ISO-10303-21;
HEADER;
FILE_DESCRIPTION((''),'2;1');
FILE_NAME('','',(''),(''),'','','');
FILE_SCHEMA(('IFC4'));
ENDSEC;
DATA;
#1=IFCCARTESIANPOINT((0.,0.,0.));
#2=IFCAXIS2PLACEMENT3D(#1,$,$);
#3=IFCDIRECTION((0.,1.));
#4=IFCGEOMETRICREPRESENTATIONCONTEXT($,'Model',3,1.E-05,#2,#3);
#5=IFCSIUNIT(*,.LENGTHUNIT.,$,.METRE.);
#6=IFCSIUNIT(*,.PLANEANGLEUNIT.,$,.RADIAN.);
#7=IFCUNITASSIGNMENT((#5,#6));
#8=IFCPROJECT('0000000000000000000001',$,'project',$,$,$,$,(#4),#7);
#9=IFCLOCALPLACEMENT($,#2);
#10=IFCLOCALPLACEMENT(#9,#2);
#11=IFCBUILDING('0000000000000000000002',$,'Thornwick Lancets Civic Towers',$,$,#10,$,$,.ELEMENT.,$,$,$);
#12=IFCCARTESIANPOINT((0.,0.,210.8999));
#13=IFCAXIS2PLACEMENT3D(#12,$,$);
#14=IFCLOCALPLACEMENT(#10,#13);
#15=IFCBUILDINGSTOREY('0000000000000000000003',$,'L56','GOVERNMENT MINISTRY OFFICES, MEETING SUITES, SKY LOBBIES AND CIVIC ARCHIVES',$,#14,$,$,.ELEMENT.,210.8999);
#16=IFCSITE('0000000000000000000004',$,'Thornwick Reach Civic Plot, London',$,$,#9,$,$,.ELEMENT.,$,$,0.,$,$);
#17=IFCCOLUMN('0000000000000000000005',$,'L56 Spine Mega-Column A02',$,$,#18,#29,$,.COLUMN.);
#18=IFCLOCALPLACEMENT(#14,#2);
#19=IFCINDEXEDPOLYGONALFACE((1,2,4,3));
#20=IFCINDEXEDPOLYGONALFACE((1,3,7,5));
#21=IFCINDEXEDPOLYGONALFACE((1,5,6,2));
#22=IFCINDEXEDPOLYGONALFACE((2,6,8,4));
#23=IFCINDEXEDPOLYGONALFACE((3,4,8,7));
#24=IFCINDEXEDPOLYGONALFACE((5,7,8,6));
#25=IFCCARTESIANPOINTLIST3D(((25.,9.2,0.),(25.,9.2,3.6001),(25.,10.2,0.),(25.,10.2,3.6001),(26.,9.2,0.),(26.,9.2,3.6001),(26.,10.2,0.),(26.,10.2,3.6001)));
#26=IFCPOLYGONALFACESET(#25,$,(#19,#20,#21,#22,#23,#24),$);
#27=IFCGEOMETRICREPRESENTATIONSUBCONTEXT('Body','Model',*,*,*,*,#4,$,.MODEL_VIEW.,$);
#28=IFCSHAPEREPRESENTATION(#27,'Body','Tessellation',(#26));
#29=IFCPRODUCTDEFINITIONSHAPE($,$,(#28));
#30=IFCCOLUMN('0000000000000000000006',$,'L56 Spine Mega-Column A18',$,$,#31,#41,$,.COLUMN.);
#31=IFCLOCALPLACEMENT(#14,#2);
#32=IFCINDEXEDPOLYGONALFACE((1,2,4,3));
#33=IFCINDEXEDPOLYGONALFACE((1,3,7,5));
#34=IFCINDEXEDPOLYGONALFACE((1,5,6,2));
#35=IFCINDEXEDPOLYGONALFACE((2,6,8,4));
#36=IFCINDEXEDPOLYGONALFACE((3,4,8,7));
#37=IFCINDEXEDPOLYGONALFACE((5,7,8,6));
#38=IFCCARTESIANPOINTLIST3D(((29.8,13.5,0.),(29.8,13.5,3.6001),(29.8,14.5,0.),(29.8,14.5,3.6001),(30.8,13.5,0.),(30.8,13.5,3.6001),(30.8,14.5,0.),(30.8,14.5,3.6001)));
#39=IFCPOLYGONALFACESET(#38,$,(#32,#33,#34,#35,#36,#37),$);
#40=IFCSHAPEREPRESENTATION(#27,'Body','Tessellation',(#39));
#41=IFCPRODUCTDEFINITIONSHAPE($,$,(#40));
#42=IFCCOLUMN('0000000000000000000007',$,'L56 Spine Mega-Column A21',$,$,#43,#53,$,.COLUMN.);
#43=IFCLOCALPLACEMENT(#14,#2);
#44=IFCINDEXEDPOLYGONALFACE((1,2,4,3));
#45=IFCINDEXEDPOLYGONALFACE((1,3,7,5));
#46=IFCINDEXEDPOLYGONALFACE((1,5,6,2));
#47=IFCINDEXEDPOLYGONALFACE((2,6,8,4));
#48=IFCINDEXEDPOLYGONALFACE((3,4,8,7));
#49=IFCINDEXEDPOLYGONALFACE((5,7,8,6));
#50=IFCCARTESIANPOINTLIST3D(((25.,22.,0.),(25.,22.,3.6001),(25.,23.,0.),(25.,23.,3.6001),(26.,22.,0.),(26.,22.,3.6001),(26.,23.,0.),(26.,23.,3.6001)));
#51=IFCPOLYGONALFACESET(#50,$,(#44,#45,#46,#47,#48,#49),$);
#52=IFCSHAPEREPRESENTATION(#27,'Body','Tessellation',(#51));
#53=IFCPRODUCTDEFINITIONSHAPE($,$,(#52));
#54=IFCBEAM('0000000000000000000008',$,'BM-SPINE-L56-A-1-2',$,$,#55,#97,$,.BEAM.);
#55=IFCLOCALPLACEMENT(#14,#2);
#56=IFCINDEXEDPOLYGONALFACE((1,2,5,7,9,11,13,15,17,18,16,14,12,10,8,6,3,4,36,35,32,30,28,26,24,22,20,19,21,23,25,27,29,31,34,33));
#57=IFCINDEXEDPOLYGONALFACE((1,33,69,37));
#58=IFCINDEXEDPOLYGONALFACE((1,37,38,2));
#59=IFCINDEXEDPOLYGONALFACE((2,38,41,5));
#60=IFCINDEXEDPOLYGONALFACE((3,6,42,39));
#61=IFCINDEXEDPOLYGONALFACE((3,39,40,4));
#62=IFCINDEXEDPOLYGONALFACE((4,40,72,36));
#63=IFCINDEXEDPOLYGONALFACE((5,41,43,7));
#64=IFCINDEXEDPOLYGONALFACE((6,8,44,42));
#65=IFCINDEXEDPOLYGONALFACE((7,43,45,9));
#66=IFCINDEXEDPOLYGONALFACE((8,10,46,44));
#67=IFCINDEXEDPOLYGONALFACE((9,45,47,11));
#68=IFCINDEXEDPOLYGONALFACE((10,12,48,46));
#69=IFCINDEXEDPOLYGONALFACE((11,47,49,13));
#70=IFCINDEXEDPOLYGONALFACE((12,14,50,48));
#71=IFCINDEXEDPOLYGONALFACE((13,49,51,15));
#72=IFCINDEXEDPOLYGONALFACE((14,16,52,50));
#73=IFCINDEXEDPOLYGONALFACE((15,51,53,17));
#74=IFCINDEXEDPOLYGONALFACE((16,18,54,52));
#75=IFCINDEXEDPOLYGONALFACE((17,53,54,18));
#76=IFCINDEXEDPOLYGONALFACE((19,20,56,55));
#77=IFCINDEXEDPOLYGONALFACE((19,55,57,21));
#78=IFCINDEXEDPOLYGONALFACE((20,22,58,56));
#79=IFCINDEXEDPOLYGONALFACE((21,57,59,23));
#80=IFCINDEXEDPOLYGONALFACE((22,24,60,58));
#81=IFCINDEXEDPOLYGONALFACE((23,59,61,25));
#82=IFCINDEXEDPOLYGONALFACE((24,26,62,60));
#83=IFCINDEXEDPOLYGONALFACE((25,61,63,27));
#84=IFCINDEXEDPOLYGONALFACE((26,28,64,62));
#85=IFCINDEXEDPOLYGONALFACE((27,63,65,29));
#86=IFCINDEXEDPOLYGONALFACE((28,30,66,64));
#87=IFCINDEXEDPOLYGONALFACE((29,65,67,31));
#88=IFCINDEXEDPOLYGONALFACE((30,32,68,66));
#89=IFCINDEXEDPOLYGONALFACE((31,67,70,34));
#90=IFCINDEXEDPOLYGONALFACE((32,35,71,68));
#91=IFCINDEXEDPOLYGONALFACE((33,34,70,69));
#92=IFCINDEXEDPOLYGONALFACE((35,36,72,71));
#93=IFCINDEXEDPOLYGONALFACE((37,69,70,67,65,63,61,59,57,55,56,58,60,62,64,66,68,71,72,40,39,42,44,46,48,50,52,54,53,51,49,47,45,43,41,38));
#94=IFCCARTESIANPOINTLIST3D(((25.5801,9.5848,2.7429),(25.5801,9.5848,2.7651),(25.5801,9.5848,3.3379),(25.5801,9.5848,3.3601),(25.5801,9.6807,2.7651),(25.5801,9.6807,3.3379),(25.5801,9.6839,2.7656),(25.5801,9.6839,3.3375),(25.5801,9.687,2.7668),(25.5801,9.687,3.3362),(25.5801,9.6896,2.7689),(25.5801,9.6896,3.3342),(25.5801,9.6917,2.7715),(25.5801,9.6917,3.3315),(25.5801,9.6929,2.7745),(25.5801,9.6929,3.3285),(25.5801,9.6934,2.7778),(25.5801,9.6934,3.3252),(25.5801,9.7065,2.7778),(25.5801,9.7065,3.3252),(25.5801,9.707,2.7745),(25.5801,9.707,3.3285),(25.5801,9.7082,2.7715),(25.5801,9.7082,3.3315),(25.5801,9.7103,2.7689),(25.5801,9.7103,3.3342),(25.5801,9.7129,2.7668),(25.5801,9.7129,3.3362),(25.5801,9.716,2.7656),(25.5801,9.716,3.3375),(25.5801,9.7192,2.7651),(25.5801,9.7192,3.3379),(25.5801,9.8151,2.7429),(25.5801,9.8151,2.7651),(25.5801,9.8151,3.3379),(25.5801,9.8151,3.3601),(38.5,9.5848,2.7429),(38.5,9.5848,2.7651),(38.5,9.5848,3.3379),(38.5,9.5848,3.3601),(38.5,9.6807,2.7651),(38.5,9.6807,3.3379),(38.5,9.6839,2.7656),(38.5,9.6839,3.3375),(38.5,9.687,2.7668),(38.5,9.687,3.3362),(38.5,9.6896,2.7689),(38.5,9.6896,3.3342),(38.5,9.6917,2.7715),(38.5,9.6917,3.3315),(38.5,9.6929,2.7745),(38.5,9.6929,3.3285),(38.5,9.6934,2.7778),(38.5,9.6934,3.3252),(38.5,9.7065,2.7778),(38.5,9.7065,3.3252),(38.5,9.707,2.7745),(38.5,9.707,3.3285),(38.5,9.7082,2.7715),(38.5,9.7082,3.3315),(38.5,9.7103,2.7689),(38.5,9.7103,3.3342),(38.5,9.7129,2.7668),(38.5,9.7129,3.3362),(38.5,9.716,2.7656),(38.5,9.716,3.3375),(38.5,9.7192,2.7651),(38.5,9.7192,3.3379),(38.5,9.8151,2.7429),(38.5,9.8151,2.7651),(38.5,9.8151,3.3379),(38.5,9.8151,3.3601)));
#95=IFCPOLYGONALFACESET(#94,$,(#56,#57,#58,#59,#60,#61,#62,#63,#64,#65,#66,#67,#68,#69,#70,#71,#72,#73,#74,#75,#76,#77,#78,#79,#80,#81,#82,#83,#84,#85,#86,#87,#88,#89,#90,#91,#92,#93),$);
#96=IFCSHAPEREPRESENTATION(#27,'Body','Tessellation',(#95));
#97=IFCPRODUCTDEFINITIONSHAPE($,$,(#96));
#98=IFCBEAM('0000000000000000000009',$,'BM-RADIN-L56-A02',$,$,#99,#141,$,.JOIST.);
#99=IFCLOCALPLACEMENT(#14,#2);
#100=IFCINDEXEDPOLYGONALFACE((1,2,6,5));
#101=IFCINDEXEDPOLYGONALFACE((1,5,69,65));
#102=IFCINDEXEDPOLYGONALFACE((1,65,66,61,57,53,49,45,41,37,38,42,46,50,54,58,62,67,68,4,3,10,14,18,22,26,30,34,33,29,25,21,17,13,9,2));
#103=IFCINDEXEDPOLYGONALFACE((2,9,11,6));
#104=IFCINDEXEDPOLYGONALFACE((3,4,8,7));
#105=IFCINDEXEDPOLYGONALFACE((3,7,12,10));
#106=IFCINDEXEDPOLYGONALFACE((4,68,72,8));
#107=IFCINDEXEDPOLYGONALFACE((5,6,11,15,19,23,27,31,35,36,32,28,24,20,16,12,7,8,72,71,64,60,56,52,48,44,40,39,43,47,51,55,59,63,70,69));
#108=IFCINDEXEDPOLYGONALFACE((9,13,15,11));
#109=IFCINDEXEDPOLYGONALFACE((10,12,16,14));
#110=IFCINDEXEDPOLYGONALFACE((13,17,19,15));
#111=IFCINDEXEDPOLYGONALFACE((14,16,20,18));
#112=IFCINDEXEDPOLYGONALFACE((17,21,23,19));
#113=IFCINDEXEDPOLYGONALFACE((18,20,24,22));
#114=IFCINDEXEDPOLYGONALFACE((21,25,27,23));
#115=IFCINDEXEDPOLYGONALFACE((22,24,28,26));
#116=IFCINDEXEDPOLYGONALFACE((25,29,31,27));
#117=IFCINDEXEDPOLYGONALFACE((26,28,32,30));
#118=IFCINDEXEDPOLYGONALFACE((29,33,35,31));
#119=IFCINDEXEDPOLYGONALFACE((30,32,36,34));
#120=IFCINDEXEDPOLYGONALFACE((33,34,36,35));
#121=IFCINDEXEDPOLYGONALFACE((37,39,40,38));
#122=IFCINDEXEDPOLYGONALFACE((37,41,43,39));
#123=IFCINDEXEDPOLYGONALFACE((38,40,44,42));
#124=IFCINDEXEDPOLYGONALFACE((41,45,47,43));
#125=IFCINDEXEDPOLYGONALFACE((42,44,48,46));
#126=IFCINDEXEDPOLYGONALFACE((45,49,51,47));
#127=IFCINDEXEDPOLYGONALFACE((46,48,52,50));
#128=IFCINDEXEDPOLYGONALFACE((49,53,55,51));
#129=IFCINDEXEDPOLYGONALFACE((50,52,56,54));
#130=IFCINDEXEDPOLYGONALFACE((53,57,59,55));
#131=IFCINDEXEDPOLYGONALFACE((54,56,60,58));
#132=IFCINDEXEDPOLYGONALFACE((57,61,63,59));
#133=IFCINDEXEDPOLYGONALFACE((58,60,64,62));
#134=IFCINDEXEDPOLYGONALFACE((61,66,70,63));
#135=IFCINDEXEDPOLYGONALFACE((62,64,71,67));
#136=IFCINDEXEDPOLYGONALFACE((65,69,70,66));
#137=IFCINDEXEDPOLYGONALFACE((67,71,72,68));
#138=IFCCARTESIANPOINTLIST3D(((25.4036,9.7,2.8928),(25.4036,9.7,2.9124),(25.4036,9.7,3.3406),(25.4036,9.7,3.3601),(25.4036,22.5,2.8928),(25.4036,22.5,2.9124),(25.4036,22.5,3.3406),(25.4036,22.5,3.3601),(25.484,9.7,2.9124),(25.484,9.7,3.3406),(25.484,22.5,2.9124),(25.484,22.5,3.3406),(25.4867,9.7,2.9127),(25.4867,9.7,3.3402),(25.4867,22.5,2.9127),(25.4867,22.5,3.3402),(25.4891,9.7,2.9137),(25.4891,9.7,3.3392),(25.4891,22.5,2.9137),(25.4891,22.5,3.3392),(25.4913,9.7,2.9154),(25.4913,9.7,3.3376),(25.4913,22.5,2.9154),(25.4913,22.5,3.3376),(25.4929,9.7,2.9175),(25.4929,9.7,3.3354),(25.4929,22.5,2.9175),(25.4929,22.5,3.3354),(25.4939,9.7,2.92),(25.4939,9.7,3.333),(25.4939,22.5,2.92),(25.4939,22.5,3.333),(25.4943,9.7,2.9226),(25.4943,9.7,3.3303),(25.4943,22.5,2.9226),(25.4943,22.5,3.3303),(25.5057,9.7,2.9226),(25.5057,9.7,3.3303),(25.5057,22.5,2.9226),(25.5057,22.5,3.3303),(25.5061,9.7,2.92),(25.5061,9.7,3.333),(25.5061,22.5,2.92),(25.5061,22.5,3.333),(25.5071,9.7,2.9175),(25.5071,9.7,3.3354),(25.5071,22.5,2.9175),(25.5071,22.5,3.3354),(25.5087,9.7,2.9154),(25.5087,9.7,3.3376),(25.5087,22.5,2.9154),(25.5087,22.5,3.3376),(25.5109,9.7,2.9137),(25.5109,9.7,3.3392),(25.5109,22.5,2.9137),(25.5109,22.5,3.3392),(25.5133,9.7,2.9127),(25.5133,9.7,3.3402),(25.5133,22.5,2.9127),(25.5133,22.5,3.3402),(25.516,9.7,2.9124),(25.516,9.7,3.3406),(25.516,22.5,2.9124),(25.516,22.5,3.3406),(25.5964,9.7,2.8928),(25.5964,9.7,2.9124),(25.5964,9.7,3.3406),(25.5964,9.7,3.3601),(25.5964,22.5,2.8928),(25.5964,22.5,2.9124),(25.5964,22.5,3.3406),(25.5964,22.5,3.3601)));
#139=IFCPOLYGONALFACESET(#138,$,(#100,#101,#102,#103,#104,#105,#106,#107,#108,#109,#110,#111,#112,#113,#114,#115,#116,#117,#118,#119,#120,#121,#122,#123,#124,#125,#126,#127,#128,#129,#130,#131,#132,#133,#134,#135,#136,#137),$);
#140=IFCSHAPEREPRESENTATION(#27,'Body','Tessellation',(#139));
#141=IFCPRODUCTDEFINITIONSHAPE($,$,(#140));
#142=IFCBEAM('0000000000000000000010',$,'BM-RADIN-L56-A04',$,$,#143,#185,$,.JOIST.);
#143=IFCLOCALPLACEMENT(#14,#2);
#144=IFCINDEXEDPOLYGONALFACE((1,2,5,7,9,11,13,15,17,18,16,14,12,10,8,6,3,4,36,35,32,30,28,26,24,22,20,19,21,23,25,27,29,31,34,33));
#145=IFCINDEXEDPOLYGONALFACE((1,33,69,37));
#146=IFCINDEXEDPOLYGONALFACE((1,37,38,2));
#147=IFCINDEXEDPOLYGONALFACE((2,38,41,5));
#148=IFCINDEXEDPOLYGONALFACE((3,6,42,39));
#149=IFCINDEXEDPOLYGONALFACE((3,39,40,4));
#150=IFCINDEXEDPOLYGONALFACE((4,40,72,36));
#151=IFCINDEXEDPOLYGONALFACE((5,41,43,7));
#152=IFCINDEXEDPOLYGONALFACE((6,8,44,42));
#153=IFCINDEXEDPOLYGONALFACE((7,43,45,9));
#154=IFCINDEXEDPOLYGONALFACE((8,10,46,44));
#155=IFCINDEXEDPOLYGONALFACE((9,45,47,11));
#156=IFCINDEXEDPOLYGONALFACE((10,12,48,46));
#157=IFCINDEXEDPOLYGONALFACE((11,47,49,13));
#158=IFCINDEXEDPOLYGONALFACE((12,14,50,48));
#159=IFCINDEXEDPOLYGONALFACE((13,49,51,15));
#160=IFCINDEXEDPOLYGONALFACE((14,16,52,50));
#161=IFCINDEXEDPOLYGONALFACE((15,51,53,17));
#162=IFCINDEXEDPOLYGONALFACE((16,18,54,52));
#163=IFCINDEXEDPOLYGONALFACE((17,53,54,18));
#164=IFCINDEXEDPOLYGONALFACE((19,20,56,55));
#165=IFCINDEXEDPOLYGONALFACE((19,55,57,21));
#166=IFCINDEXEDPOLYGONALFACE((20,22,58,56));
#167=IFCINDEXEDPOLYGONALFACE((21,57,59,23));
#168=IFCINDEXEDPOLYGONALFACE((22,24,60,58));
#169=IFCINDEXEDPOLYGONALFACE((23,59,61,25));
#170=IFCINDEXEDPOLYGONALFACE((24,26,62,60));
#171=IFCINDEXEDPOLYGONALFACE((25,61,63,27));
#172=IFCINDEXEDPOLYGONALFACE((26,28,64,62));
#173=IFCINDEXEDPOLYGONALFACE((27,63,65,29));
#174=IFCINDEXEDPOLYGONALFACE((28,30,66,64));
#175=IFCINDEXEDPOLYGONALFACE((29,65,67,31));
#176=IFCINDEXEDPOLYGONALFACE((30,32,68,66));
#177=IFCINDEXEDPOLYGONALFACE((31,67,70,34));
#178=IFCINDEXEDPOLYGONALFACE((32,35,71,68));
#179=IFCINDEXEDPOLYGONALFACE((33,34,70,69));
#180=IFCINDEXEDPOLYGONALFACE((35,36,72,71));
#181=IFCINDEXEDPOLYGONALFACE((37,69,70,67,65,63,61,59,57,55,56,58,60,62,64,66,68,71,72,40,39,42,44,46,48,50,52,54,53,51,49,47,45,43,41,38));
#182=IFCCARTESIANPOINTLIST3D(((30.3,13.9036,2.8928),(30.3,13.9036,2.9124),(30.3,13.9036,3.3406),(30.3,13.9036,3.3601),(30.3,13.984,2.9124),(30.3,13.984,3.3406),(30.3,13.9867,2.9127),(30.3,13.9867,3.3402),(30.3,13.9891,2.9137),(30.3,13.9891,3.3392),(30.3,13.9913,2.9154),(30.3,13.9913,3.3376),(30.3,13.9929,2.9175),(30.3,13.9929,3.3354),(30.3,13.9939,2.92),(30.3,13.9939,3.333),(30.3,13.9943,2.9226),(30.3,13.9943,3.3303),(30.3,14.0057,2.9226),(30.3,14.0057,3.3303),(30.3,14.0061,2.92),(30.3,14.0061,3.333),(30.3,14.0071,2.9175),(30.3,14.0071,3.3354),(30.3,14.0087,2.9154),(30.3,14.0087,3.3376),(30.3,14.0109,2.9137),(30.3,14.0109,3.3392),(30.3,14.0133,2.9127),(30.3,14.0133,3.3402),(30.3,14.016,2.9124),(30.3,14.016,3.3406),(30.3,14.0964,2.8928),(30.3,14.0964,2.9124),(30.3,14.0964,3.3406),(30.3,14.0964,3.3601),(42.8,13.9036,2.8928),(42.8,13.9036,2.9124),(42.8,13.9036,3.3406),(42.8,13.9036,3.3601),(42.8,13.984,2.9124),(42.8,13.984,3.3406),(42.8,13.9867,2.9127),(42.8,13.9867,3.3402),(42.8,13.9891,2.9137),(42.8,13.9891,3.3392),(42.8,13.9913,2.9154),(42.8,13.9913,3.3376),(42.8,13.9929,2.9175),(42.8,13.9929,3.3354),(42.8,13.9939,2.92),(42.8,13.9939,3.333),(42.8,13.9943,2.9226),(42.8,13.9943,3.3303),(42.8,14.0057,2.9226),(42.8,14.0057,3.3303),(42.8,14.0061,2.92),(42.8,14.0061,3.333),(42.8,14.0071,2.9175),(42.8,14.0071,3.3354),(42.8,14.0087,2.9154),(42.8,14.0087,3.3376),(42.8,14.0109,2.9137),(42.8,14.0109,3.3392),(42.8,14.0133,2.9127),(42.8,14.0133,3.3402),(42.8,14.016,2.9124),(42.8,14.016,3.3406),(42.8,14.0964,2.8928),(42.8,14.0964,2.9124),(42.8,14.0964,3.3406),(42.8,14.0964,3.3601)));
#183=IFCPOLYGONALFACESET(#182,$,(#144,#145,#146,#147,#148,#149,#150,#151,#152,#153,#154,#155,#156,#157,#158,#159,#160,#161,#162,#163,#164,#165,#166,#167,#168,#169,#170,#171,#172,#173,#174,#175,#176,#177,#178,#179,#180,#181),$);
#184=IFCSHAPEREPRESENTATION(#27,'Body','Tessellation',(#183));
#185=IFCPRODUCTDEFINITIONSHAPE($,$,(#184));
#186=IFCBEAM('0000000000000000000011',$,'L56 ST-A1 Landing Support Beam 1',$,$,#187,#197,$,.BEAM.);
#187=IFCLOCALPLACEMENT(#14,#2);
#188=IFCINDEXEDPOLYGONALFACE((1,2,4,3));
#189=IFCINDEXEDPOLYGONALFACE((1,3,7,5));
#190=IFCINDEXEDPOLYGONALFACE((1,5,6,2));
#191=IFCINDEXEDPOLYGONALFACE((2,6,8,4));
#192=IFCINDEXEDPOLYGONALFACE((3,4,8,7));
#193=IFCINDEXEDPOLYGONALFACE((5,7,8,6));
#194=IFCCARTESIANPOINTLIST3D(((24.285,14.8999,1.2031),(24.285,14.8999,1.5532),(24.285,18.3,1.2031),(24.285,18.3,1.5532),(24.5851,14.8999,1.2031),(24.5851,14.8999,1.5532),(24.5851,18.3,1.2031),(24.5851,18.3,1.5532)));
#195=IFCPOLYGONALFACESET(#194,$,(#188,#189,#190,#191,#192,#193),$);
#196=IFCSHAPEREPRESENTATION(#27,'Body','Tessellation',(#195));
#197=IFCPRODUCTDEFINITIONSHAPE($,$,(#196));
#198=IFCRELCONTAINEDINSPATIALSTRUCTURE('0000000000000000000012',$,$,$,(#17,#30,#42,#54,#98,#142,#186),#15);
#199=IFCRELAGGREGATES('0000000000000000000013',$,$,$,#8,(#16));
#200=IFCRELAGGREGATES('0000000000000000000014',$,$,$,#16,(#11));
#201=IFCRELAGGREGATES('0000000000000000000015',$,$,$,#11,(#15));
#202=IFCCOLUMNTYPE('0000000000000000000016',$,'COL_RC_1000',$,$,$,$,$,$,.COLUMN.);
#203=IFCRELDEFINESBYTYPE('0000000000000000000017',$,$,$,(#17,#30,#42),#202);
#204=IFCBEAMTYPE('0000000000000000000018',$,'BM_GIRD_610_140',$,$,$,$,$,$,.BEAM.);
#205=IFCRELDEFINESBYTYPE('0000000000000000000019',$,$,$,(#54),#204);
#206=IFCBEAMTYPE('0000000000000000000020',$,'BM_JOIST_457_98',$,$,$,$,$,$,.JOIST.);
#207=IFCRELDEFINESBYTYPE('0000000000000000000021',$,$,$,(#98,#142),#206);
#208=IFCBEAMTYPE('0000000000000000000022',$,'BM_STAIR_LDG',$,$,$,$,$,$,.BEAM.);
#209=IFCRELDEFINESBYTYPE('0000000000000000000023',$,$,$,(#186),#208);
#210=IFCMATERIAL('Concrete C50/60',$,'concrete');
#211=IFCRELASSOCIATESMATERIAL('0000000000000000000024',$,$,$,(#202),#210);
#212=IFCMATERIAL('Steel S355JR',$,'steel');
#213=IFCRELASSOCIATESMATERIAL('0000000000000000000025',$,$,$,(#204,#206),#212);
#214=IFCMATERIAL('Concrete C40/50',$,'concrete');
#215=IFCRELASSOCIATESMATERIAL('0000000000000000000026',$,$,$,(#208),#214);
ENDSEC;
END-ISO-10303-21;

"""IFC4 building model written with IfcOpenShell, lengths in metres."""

from ifc_helpers import new_model, si_unit, direction, frame, origin, origin_2d, place, context, subcontext, project, spatial, rectangle, i_section, extrude, material, material_profile, profile_set, type_object, element, save


model = new_model("IFC4")

# Units and contexts
model_context = context("Model", 3, precision=1e-05, world=origin(), true_north=direction((0.0, 1.0)))
body_context = subcontext(model_context, "Body", "Model", "MODEL_VIEW")
ifc_project = project(units=[si_unit("LENGTHUNIT", "METRE"), si_unit("PLANEANGLEUNIT", "RADIAN")], contexts=[model_context])

# Site, building, storey
site_placement = place(None, origin())
site = spatial("IfcSite", under=ifc_project, at=site_placement, Name="Thornwick Reach Civic Plot, London", CompositionType="ELEMENT", RefElevation=0.0)
building_placement = place(site_placement, origin())
building = spatial("IfcBuilding", under=site, at=building_placement, Name="Thornwick Lancets Civic Towers", CompositionType="ELEMENT")
storey_placement = place(building_placement, frame((0.0, 0.0, 210.8999)))
storey = spatial("IfcBuildingStorey", under=building, at=storey_placement, Name="L56", Description="GOVERNMENT MINISTRY OFFICES, MEETING SUITES, SKY LOBBIES AND CIVIC ARCHIVES", CompositionType="ELEMENT", Elevation=210.8999)

# Columns
ifc_material_1 = material(Name="Concrete C50/60", Category="concrete")
ifc_material_profile_1 = material_profile(ifc_material_1, rectangle(XDim=1.0, YDim=1.0, at=origin_2d()), Name="RC 1000x1000")
ifc_profile_set_1 = profile_set([ifc_material_profile_1], Name="Concrete C50/60")
column_type = type_object("IfcColumnType", Name="COL_RC_1000", PredefinedType="COLUMN", material=ifc_profile_set_1)
for number, where, z_axis, x_axis, name in (
    (1, (25.5, 9.7, 0.0), (0.0, 0.0, 1.0), (1.0, 0.0, 0.0), "L56 Spine Mega-Column A02"),
    (2, (30.3, 14.0, 0.0), (0.0, 0.0, 1.0), (1.0, 0.0, 0.0), "L56 Spine Mega-Column A18"),
    (3, (25.5, 22.5, 0.0), (0.0, 0.0, 1.0), (1.0, 0.0, 0.0), "L56 Spine Mega-Column A21"),
):
    element("IfcColumn", number, at=place(storey_placement, frame(where, z_axis=z_axis, x_axis=x_axis)), inside=storey, type_object=column_type, Name=name, PredefinedType="COLUMN", context=body_context, shape_type="SweptSolid", body=[
        extrude(rectangle(XDim=1.0, YDim=1.0, at=origin_2d()), origin(), (0.0, 0.0, 1.0), 3.6001),
    ])

# Beams
ifc_material_2 = material(Name="Steel S355JR", Category="steel")
ifc_material_profile_2 = material_profile(ifc_material_2, i_section(OverallWidth=0.2302, OverallDepth=0.6172, WebThickness=0.0132, FlangeThickness=0.0222, FilletRadius=0.0127, at=origin_2d()), Name="UKB 610x229x140")
ifc_profile_set_2 = profile_set([ifc_material_profile_2], Name="Steel S355JR")
beam_type_1 = type_object("IfcBeamType", Name="BM_GIRD_610_140", PredefinedType="BEAM", material=ifc_profile_set_2)
beam_1_placement = place(storey_placement, frame((25.5801, 9.7, 3.0515), z_axis=(1.0, 0.0, 0.0), x_axis=(0.0, 1.0, 0.0)))
element("IfcBeam", 4, at=beam_1_placement, inside=storey, type_object=beam_type_1, Name="BM-SPINE-L56-A-1-2", PredefinedType="BEAM", context=body_context, shape_type="SweptSolid", body=[
    extrude(i_section(OverallWidth=0.2302, OverallDepth=0.6172, WebThickness=0.0132, FlangeThickness=0.0222, FilletRadius=0.0127, at=origin_2d()), origin(), (0.0, 0.0, 1.0), 12.9199),
])
ifc_material_profile_3 = material_profile(ifc_material_2, i_section(OverallWidth=0.1929, OverallDepth=0.4673, WebThickness=0.0115, FlangeThickness=0.0195, FilletRadius=0.0103, at=origin_2d()), Name="UKB 457x191x98")
ifc_profile_set_3 = profile_set([ifc_material_profile_3], Name="Steel S355JR")
beam_type_2 = type_object("IfcBeamType", Name="BM_JOIST_457_98", PredefinedType="JOIST", material=ifc_profile_set_3)
beam_2_placement = place(storey_placement, frame((25.5, 22.5, 3.1265), z_axis=(0.0, -1.0, 0.0), x_axis=(1.0, 0.0, 0.0)))
element("IfcBeam", 5, at=beam_2_placement, inside=storey, type_object=beam_type_2, Name="BM-RADIN-L56-A02", PredefinedType="JOIST", context=body_context, shape_type="SweptSolid", body=[
    extrude(i_section(OverallWidth=0.1929, OverallDepth=0.4673, WebThickness=0.0115, FlangeThickness=0.0195, FilletRadius=0.0103, at=origin_2d()), origin(), (0.0, 0.0, 1.0), 12.8),
])
beam_3_placement = place(storey_placement, frame((30.3, 14.0, 3.1265), z_axis=(1.0, 0.0, 0.0), x_axis=(0.0, 1.0, 0.0)))
element("IfcBeam", 6, at=beam_3_placement, inside=storey, type_object=beam_type_2, Name="BM-RADIN-L56-A04", PredefinedType="JOIST", context=body_context, shape_type="SweptSolid", body=[
    extrude(i_section(OverallWidth=0.1929, OverallDepth=0.4673, WebThickness=0.0115, FlangeThickness=0.0195, FilletRadius=0.0103, at=origin_2d()), origin(), (0.0, 0.0, 1.0), 12.5),
])
ifc_material_3 = material(Name="Concrete C40/50", Category="concrete")
ifc_material_profile_4 = material_profile(ifc_material_3, rectangle(XDim=0.3, YDim=0.3501, at=origin_2d()), Name="RC 300x350")
ifc_profile_set_4 = profile_set([ifc_material_profile_4], Name="Concrete C40/50")
beam_type_3 = type_object("IfcBeamType", Name="BM_STAIR_LDG", PredefinedType="BEAM", material=ifc_profile_set_4)
beam_4_placement = place(storey_placement, frame((24.4351, 14.8999, 1.3782), z_axis=(0.0, 1.0, 0.0), x_axis=(-1.0, 0.0, 0.0)))
element("IfcBeam", 7, at=beam_4_placement, inside=storey, type_object=beam_type_3, Name="L56 ST-A1 Landing Support Beam 1", PredefinedType="BEAM", context=body_context, shape_type="SweptSolid", body=[
    extrude(rectangle(XDim=0.3, YDim=0.3501, at=origin_2d()), origin(), (0.0, 0.0, 1.0), 3.4001),
])

save(model, "model.ifc")
